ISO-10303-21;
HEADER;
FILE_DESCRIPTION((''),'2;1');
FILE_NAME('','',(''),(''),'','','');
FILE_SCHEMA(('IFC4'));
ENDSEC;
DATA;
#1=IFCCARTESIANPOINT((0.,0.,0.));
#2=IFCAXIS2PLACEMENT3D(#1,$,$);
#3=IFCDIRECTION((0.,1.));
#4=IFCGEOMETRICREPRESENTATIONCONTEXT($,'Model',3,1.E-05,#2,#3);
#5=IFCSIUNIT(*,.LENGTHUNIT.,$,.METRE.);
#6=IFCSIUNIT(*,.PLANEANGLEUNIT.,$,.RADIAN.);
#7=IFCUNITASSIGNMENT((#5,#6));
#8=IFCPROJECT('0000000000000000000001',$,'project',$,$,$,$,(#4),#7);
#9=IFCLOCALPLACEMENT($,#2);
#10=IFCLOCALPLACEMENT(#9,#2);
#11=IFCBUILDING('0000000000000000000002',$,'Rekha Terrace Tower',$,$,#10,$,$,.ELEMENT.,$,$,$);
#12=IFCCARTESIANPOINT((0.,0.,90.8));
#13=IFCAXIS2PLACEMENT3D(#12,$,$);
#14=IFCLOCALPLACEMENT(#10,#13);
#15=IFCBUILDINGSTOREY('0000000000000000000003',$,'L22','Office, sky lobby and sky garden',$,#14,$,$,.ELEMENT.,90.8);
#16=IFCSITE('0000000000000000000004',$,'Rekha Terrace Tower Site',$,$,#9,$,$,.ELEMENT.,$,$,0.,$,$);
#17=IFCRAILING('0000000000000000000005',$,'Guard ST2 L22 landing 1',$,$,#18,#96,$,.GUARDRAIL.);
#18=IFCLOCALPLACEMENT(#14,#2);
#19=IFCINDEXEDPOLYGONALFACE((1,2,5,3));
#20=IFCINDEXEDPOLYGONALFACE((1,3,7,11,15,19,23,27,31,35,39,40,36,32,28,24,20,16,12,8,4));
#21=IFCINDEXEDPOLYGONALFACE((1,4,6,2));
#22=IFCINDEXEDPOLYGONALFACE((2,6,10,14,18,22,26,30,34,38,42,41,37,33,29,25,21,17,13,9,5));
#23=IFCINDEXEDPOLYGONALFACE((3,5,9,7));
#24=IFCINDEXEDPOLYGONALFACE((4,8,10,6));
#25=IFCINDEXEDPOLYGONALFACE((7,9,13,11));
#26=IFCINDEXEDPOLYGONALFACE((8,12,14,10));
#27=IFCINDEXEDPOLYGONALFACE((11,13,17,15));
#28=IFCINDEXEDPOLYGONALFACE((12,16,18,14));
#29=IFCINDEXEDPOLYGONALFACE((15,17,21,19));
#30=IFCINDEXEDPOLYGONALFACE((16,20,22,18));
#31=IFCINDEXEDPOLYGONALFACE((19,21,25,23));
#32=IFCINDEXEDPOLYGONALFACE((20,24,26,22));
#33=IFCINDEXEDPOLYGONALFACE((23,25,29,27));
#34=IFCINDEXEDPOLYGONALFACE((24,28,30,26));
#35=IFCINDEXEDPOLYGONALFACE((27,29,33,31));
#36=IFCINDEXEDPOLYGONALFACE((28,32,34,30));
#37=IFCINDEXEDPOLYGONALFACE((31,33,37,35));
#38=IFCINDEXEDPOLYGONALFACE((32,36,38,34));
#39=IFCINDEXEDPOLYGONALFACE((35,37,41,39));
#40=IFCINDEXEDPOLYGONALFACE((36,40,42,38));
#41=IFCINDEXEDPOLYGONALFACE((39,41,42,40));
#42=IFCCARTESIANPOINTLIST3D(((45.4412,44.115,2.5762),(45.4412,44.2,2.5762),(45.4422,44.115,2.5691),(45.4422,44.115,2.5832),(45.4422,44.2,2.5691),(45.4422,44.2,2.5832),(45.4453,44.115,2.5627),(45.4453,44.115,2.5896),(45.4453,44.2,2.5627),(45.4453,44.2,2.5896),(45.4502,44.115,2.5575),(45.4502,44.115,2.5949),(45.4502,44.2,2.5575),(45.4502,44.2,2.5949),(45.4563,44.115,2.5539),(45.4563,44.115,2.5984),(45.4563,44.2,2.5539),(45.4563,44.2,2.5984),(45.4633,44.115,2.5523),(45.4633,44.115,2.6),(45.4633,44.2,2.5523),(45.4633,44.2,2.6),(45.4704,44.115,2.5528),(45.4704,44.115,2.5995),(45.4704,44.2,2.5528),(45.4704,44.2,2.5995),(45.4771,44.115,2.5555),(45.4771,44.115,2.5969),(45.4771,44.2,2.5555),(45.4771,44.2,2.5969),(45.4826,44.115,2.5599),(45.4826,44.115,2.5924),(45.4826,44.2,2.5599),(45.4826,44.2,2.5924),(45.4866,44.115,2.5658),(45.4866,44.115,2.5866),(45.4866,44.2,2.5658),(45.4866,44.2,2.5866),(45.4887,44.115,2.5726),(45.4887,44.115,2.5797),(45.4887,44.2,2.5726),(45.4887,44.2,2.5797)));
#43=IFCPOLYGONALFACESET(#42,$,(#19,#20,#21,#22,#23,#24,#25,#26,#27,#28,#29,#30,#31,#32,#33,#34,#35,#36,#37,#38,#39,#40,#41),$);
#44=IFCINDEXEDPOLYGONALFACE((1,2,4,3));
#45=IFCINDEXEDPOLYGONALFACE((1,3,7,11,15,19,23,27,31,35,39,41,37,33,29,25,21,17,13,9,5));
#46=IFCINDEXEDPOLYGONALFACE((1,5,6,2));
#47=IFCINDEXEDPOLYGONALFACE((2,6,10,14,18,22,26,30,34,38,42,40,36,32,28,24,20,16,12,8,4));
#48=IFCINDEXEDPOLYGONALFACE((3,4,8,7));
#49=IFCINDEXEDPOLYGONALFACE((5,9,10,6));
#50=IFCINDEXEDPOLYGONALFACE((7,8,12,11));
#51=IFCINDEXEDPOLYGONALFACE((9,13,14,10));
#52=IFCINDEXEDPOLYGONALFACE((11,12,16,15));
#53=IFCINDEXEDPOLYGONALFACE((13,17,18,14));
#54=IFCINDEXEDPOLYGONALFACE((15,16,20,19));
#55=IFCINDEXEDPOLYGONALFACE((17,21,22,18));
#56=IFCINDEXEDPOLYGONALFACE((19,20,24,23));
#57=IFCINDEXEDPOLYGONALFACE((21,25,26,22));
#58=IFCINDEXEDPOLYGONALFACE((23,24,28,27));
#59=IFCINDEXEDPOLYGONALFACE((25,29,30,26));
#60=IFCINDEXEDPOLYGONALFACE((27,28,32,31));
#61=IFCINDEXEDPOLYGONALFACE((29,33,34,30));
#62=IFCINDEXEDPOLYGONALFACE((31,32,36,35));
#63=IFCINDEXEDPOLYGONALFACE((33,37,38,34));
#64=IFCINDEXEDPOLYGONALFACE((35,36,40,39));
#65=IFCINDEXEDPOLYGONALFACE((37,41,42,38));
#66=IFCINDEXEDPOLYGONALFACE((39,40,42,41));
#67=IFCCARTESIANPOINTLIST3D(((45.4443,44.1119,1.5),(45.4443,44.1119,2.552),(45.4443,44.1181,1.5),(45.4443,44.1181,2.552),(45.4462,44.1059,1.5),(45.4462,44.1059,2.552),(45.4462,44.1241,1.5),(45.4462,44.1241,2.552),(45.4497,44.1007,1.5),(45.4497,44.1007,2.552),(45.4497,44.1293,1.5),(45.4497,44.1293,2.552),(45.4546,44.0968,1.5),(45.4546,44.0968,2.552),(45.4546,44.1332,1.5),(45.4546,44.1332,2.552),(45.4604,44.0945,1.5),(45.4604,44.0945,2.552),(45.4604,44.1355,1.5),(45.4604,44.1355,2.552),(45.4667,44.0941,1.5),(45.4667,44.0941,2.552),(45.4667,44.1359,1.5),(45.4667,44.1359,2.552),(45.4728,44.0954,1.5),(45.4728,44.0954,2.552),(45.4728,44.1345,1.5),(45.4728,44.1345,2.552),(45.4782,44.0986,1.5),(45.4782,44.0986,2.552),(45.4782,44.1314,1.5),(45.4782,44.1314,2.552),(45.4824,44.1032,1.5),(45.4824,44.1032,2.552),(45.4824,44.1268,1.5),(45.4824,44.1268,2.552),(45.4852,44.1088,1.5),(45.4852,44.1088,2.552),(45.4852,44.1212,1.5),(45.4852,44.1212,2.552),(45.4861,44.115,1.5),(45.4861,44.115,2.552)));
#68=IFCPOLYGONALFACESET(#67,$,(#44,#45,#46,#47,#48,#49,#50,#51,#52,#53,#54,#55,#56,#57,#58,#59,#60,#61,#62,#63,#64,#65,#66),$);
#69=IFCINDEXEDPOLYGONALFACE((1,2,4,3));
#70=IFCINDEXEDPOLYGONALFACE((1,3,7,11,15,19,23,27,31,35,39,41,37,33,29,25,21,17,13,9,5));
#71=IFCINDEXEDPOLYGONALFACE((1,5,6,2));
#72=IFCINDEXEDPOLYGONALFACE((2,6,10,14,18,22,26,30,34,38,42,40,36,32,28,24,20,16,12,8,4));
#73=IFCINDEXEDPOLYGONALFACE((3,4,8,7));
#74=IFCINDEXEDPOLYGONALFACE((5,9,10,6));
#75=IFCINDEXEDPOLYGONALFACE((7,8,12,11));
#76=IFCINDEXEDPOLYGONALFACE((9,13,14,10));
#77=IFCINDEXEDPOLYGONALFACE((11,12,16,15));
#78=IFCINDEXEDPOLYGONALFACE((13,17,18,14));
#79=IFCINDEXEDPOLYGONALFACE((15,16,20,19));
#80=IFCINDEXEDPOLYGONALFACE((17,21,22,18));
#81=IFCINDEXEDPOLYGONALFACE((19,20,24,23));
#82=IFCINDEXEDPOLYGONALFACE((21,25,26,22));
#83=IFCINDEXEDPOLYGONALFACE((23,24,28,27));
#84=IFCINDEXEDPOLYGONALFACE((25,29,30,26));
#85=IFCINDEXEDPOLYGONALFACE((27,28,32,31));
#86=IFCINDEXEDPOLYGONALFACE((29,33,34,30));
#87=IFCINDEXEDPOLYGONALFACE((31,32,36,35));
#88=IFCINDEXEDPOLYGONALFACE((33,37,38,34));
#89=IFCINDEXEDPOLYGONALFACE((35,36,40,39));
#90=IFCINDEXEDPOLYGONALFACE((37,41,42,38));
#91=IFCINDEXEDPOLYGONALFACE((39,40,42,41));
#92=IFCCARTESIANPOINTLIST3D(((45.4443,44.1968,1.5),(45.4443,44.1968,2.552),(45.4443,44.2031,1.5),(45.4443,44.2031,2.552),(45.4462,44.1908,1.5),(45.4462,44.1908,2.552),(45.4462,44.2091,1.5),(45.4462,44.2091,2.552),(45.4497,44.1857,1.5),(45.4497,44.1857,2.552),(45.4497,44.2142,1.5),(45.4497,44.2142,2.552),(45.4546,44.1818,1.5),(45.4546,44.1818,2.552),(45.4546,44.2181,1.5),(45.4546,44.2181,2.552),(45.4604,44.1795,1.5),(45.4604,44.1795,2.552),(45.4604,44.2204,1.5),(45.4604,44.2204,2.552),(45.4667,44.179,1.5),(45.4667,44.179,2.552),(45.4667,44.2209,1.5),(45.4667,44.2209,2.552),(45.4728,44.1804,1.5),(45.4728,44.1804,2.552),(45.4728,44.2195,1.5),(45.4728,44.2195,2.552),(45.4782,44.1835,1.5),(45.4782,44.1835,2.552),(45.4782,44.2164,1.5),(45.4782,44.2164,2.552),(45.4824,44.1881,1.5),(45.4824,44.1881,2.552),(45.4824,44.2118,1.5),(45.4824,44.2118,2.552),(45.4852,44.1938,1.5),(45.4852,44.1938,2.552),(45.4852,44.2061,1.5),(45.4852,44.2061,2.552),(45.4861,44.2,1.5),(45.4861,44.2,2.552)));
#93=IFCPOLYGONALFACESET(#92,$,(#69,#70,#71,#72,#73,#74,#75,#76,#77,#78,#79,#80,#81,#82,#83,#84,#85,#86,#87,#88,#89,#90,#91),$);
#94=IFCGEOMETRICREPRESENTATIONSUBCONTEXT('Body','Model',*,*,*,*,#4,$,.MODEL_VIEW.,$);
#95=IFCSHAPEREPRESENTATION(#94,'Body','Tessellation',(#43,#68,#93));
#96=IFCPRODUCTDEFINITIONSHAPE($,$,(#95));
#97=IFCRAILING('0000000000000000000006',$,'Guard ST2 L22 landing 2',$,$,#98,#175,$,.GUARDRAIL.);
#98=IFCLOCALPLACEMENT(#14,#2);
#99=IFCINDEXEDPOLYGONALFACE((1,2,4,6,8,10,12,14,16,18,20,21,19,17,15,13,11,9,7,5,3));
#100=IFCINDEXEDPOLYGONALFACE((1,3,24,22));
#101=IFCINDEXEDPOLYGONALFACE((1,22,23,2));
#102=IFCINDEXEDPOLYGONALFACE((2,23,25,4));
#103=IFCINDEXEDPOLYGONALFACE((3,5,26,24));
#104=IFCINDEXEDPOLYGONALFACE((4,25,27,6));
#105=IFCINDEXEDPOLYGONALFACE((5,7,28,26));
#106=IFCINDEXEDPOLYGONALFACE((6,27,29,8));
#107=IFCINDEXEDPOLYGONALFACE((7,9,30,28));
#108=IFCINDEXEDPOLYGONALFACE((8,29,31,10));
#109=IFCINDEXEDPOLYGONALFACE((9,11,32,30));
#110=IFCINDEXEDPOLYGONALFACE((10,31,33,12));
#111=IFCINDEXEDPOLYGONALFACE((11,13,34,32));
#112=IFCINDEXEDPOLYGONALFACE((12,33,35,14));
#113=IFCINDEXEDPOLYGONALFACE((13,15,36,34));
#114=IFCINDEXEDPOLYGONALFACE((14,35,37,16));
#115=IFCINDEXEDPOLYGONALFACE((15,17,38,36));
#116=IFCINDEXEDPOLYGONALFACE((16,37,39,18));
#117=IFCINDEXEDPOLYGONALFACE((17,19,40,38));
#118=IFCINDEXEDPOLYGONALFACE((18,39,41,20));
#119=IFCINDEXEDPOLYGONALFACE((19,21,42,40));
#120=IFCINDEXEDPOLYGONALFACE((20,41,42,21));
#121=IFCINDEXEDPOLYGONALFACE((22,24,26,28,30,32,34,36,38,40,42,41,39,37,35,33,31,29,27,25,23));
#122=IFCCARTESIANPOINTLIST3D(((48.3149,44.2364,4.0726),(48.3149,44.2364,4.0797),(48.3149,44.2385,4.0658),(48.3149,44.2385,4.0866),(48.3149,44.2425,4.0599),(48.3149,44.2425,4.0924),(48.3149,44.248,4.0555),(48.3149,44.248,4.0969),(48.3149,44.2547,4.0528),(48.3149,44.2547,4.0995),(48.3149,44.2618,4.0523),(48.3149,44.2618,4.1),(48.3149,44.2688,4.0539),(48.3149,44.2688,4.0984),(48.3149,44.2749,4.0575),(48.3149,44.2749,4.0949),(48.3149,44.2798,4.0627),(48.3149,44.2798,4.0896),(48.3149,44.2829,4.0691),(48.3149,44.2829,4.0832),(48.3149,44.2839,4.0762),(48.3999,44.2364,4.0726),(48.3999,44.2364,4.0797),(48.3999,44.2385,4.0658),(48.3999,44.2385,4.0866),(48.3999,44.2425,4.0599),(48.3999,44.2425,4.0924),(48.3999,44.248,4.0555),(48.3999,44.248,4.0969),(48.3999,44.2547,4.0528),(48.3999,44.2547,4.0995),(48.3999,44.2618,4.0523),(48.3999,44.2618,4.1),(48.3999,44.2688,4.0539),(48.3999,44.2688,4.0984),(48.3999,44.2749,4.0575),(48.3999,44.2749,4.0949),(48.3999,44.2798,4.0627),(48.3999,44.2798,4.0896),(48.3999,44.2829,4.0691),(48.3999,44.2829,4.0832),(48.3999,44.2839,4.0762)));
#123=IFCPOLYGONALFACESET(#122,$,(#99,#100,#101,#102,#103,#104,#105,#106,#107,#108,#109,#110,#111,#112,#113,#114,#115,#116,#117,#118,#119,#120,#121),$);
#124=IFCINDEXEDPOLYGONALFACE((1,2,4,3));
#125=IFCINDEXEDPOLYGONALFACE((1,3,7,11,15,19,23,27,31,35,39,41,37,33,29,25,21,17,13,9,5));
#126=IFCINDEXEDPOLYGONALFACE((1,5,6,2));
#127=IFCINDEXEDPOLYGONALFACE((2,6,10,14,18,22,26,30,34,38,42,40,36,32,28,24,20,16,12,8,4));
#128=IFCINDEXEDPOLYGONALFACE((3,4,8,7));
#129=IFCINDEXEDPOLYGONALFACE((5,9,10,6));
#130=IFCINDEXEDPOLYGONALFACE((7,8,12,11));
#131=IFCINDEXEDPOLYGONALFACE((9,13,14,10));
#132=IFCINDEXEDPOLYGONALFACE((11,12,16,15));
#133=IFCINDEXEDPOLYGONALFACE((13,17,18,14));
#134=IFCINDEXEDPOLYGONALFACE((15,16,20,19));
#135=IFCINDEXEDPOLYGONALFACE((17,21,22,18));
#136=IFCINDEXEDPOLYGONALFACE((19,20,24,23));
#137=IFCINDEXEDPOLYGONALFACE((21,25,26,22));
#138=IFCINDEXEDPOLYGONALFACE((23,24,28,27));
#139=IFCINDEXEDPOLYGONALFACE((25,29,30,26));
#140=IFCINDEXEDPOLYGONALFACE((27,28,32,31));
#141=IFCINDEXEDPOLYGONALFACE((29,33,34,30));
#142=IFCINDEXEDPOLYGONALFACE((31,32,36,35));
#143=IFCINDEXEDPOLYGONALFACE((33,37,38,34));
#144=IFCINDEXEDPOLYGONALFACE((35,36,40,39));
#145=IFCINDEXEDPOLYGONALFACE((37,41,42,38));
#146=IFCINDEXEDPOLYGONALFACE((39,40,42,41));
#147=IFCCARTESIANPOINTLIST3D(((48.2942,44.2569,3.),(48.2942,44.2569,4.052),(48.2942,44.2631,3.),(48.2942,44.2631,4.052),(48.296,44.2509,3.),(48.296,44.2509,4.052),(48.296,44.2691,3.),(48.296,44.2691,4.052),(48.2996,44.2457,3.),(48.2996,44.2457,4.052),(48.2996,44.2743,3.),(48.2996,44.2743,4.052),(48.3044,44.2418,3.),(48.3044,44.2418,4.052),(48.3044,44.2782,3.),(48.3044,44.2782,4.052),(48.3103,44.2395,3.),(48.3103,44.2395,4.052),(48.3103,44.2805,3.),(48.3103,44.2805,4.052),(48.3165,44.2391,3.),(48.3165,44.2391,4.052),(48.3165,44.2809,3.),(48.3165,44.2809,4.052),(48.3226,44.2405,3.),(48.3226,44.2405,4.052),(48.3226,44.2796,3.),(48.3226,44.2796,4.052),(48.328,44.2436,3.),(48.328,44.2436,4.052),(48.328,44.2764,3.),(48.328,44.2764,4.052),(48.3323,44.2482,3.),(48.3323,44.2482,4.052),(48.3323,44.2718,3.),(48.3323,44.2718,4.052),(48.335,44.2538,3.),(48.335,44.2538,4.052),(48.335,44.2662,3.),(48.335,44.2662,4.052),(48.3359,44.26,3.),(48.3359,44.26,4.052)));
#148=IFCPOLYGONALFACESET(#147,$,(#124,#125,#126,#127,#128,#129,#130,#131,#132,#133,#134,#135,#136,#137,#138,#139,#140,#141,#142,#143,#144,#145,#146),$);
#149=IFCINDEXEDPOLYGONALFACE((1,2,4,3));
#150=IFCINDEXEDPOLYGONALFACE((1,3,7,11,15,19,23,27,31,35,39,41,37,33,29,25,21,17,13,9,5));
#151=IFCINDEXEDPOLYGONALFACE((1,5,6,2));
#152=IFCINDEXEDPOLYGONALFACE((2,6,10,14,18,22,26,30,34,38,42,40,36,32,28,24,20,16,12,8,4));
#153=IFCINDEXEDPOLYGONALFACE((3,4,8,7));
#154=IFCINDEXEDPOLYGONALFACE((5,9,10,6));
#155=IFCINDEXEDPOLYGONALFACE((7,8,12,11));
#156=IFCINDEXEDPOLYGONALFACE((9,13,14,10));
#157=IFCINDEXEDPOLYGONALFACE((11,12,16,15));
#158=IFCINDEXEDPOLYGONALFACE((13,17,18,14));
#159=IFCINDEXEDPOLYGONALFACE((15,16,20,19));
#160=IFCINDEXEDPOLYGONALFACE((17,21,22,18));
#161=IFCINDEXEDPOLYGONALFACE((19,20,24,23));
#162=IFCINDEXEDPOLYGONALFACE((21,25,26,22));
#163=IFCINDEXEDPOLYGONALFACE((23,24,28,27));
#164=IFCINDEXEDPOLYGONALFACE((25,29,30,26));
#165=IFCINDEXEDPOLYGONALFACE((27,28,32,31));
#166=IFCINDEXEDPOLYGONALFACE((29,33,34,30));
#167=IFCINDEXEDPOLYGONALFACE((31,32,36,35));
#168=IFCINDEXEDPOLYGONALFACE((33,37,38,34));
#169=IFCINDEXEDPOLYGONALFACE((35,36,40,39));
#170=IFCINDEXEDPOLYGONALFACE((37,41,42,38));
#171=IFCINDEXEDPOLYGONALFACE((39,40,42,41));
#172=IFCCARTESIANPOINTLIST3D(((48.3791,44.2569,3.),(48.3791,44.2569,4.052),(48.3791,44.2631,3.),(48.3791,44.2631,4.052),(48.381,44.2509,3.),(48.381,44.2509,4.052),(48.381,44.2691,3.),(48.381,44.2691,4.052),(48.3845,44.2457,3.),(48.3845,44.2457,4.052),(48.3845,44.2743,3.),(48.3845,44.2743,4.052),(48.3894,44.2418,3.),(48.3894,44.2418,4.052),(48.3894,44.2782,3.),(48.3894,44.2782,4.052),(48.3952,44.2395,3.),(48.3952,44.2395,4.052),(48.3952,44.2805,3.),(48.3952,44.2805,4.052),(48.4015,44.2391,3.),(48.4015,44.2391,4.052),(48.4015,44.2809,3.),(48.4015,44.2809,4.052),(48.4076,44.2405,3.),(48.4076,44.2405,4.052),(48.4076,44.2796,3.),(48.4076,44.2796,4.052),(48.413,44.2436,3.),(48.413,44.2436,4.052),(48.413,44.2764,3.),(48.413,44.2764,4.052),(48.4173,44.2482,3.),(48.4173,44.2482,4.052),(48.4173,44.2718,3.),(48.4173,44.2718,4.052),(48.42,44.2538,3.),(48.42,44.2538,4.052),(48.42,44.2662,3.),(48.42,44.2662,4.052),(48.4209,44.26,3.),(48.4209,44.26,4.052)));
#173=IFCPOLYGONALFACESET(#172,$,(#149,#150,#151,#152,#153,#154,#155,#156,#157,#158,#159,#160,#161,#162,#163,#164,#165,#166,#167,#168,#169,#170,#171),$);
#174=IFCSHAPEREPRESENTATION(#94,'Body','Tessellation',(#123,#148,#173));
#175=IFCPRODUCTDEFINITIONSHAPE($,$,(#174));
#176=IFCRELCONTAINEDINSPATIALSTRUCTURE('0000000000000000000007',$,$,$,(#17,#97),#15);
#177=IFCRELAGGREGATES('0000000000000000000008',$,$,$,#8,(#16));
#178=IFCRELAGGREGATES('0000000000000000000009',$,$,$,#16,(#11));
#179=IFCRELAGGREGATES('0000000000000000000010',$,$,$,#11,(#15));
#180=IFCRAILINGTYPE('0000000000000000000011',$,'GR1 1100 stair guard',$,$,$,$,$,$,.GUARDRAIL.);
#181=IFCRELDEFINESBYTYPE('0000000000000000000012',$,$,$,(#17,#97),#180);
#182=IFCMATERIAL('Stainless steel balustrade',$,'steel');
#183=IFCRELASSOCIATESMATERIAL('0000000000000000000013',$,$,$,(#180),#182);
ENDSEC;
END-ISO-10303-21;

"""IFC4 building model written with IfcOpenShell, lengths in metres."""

from ifc_helpers import new_model, si_unit, direction, frame, origin, origin_2d, place, context, subcontext, project, spatial, circle, extrude, material, type_object, element, save


model = new_model("IFC4")

# Units and contexts
model_context = context("Model", 3, precision=1e-05, world=origin(), true_north=direction((0.0, 1.0)))
body_context = subcontext(model_context, "Body", "Model", "MODEL_VIEW")
ifc_project = project(units=[si_unit("LENGTHUNIT", "METRE"), si_unit("PLANEANGLEUNIT", "RADIAN")], contexts=[model_context])

# Site, building, storey
site_placement = place(None, origin())
site = spatial("IfcSite", under=ifc_project, at=site_placement, Name="Rekha Terrace Tower Site", CompositionType="ELEMENT", RefElevation=0.0)
building_placement = place(site_placement, origin())
building = spatial("IfcBuilding", under=site, at=building_placement, Name="Rekha Terrace Tower", CompositionType="ELEMENT")
storey_placement = place(building_placement, frame((0.0, 0.0, 90.8)))
storey = spatial("IfcBuildingStorey", under=building, at=storey_placement, Name="L22", Description="Office, sky lobby and sky garden", CompositionType="ELEMENT", Elevation=90.8)

# Railings
ifc_material_1 = material(Name="Stainless steel balustrade", Category="steel")
railing_type_1 = type_object("IfcRailingType", Name="GR1 1100 stair guard", PredefinedType="GUARDRAIL", material=ifc_material_1)
railing_1_placement = place(storey_placement, frame((45.4651, 44.115, 1.5)))
element("IfcRailing", 1, at=railing_1_placement, inside=storey, type_object=railing_type_1, Name="Guard ST2 L22 landing 1", PredefinedType="GUARDRAIL", context=body_context, shape_type="SweptSolid", body=[
    extrude(circle(Radius=0.0239, at=origin_2d()), frame((0.0, 0.0, 1.0762), z_axis=(0.0, 1.0, 0.0), x_axis=(-1.0, 0.0, 0.0)), (0.0, 0.0, 1.0), 0.085),
    extrude(circle(Radius=0.021, at=origin_2d()), origin(), (0.0, 0.0, 1.0), 1.052),
    extrude(circle(Radius=0.021, at=origin_2d()), frame((0.0, 0.085, 0.0)), (0.0, 0.0, 1.0), 1.052),
])
railing_2_placement = place(storey_placement, frame((48.3149, 44.26, 3.0)))
element("IfcRailing", 2, at=railing_2_placement, inside=storey, type_object=railing_type_1, Name="Guard ST2 L22 landing 2", PredefinedType="GUARDRAIL", context=body_context, shape_type="SweptSolid", body=[
    extrude(circle(Radius=0.0239, at=origin_2d()), frame((0.0, 0.0, 1.0762), z_axis=(1.0, 0.0, 0.0), x_axis=(0.0, 1.0, 0.0)), (0.0, 0.0, 1.0), 0.085),
    extrude(circle(Radius=0.021, at=origin_2d()), origin(), (0.0, 0.0, 1.0), 1.052),
    extrude(circle(Radius=0.021, at=origin_2d()), frame((0.085, 0.0, 0.0)), (0.0, 0.0, 1.0), 1.052),
])

save(model, "model.ifc")
